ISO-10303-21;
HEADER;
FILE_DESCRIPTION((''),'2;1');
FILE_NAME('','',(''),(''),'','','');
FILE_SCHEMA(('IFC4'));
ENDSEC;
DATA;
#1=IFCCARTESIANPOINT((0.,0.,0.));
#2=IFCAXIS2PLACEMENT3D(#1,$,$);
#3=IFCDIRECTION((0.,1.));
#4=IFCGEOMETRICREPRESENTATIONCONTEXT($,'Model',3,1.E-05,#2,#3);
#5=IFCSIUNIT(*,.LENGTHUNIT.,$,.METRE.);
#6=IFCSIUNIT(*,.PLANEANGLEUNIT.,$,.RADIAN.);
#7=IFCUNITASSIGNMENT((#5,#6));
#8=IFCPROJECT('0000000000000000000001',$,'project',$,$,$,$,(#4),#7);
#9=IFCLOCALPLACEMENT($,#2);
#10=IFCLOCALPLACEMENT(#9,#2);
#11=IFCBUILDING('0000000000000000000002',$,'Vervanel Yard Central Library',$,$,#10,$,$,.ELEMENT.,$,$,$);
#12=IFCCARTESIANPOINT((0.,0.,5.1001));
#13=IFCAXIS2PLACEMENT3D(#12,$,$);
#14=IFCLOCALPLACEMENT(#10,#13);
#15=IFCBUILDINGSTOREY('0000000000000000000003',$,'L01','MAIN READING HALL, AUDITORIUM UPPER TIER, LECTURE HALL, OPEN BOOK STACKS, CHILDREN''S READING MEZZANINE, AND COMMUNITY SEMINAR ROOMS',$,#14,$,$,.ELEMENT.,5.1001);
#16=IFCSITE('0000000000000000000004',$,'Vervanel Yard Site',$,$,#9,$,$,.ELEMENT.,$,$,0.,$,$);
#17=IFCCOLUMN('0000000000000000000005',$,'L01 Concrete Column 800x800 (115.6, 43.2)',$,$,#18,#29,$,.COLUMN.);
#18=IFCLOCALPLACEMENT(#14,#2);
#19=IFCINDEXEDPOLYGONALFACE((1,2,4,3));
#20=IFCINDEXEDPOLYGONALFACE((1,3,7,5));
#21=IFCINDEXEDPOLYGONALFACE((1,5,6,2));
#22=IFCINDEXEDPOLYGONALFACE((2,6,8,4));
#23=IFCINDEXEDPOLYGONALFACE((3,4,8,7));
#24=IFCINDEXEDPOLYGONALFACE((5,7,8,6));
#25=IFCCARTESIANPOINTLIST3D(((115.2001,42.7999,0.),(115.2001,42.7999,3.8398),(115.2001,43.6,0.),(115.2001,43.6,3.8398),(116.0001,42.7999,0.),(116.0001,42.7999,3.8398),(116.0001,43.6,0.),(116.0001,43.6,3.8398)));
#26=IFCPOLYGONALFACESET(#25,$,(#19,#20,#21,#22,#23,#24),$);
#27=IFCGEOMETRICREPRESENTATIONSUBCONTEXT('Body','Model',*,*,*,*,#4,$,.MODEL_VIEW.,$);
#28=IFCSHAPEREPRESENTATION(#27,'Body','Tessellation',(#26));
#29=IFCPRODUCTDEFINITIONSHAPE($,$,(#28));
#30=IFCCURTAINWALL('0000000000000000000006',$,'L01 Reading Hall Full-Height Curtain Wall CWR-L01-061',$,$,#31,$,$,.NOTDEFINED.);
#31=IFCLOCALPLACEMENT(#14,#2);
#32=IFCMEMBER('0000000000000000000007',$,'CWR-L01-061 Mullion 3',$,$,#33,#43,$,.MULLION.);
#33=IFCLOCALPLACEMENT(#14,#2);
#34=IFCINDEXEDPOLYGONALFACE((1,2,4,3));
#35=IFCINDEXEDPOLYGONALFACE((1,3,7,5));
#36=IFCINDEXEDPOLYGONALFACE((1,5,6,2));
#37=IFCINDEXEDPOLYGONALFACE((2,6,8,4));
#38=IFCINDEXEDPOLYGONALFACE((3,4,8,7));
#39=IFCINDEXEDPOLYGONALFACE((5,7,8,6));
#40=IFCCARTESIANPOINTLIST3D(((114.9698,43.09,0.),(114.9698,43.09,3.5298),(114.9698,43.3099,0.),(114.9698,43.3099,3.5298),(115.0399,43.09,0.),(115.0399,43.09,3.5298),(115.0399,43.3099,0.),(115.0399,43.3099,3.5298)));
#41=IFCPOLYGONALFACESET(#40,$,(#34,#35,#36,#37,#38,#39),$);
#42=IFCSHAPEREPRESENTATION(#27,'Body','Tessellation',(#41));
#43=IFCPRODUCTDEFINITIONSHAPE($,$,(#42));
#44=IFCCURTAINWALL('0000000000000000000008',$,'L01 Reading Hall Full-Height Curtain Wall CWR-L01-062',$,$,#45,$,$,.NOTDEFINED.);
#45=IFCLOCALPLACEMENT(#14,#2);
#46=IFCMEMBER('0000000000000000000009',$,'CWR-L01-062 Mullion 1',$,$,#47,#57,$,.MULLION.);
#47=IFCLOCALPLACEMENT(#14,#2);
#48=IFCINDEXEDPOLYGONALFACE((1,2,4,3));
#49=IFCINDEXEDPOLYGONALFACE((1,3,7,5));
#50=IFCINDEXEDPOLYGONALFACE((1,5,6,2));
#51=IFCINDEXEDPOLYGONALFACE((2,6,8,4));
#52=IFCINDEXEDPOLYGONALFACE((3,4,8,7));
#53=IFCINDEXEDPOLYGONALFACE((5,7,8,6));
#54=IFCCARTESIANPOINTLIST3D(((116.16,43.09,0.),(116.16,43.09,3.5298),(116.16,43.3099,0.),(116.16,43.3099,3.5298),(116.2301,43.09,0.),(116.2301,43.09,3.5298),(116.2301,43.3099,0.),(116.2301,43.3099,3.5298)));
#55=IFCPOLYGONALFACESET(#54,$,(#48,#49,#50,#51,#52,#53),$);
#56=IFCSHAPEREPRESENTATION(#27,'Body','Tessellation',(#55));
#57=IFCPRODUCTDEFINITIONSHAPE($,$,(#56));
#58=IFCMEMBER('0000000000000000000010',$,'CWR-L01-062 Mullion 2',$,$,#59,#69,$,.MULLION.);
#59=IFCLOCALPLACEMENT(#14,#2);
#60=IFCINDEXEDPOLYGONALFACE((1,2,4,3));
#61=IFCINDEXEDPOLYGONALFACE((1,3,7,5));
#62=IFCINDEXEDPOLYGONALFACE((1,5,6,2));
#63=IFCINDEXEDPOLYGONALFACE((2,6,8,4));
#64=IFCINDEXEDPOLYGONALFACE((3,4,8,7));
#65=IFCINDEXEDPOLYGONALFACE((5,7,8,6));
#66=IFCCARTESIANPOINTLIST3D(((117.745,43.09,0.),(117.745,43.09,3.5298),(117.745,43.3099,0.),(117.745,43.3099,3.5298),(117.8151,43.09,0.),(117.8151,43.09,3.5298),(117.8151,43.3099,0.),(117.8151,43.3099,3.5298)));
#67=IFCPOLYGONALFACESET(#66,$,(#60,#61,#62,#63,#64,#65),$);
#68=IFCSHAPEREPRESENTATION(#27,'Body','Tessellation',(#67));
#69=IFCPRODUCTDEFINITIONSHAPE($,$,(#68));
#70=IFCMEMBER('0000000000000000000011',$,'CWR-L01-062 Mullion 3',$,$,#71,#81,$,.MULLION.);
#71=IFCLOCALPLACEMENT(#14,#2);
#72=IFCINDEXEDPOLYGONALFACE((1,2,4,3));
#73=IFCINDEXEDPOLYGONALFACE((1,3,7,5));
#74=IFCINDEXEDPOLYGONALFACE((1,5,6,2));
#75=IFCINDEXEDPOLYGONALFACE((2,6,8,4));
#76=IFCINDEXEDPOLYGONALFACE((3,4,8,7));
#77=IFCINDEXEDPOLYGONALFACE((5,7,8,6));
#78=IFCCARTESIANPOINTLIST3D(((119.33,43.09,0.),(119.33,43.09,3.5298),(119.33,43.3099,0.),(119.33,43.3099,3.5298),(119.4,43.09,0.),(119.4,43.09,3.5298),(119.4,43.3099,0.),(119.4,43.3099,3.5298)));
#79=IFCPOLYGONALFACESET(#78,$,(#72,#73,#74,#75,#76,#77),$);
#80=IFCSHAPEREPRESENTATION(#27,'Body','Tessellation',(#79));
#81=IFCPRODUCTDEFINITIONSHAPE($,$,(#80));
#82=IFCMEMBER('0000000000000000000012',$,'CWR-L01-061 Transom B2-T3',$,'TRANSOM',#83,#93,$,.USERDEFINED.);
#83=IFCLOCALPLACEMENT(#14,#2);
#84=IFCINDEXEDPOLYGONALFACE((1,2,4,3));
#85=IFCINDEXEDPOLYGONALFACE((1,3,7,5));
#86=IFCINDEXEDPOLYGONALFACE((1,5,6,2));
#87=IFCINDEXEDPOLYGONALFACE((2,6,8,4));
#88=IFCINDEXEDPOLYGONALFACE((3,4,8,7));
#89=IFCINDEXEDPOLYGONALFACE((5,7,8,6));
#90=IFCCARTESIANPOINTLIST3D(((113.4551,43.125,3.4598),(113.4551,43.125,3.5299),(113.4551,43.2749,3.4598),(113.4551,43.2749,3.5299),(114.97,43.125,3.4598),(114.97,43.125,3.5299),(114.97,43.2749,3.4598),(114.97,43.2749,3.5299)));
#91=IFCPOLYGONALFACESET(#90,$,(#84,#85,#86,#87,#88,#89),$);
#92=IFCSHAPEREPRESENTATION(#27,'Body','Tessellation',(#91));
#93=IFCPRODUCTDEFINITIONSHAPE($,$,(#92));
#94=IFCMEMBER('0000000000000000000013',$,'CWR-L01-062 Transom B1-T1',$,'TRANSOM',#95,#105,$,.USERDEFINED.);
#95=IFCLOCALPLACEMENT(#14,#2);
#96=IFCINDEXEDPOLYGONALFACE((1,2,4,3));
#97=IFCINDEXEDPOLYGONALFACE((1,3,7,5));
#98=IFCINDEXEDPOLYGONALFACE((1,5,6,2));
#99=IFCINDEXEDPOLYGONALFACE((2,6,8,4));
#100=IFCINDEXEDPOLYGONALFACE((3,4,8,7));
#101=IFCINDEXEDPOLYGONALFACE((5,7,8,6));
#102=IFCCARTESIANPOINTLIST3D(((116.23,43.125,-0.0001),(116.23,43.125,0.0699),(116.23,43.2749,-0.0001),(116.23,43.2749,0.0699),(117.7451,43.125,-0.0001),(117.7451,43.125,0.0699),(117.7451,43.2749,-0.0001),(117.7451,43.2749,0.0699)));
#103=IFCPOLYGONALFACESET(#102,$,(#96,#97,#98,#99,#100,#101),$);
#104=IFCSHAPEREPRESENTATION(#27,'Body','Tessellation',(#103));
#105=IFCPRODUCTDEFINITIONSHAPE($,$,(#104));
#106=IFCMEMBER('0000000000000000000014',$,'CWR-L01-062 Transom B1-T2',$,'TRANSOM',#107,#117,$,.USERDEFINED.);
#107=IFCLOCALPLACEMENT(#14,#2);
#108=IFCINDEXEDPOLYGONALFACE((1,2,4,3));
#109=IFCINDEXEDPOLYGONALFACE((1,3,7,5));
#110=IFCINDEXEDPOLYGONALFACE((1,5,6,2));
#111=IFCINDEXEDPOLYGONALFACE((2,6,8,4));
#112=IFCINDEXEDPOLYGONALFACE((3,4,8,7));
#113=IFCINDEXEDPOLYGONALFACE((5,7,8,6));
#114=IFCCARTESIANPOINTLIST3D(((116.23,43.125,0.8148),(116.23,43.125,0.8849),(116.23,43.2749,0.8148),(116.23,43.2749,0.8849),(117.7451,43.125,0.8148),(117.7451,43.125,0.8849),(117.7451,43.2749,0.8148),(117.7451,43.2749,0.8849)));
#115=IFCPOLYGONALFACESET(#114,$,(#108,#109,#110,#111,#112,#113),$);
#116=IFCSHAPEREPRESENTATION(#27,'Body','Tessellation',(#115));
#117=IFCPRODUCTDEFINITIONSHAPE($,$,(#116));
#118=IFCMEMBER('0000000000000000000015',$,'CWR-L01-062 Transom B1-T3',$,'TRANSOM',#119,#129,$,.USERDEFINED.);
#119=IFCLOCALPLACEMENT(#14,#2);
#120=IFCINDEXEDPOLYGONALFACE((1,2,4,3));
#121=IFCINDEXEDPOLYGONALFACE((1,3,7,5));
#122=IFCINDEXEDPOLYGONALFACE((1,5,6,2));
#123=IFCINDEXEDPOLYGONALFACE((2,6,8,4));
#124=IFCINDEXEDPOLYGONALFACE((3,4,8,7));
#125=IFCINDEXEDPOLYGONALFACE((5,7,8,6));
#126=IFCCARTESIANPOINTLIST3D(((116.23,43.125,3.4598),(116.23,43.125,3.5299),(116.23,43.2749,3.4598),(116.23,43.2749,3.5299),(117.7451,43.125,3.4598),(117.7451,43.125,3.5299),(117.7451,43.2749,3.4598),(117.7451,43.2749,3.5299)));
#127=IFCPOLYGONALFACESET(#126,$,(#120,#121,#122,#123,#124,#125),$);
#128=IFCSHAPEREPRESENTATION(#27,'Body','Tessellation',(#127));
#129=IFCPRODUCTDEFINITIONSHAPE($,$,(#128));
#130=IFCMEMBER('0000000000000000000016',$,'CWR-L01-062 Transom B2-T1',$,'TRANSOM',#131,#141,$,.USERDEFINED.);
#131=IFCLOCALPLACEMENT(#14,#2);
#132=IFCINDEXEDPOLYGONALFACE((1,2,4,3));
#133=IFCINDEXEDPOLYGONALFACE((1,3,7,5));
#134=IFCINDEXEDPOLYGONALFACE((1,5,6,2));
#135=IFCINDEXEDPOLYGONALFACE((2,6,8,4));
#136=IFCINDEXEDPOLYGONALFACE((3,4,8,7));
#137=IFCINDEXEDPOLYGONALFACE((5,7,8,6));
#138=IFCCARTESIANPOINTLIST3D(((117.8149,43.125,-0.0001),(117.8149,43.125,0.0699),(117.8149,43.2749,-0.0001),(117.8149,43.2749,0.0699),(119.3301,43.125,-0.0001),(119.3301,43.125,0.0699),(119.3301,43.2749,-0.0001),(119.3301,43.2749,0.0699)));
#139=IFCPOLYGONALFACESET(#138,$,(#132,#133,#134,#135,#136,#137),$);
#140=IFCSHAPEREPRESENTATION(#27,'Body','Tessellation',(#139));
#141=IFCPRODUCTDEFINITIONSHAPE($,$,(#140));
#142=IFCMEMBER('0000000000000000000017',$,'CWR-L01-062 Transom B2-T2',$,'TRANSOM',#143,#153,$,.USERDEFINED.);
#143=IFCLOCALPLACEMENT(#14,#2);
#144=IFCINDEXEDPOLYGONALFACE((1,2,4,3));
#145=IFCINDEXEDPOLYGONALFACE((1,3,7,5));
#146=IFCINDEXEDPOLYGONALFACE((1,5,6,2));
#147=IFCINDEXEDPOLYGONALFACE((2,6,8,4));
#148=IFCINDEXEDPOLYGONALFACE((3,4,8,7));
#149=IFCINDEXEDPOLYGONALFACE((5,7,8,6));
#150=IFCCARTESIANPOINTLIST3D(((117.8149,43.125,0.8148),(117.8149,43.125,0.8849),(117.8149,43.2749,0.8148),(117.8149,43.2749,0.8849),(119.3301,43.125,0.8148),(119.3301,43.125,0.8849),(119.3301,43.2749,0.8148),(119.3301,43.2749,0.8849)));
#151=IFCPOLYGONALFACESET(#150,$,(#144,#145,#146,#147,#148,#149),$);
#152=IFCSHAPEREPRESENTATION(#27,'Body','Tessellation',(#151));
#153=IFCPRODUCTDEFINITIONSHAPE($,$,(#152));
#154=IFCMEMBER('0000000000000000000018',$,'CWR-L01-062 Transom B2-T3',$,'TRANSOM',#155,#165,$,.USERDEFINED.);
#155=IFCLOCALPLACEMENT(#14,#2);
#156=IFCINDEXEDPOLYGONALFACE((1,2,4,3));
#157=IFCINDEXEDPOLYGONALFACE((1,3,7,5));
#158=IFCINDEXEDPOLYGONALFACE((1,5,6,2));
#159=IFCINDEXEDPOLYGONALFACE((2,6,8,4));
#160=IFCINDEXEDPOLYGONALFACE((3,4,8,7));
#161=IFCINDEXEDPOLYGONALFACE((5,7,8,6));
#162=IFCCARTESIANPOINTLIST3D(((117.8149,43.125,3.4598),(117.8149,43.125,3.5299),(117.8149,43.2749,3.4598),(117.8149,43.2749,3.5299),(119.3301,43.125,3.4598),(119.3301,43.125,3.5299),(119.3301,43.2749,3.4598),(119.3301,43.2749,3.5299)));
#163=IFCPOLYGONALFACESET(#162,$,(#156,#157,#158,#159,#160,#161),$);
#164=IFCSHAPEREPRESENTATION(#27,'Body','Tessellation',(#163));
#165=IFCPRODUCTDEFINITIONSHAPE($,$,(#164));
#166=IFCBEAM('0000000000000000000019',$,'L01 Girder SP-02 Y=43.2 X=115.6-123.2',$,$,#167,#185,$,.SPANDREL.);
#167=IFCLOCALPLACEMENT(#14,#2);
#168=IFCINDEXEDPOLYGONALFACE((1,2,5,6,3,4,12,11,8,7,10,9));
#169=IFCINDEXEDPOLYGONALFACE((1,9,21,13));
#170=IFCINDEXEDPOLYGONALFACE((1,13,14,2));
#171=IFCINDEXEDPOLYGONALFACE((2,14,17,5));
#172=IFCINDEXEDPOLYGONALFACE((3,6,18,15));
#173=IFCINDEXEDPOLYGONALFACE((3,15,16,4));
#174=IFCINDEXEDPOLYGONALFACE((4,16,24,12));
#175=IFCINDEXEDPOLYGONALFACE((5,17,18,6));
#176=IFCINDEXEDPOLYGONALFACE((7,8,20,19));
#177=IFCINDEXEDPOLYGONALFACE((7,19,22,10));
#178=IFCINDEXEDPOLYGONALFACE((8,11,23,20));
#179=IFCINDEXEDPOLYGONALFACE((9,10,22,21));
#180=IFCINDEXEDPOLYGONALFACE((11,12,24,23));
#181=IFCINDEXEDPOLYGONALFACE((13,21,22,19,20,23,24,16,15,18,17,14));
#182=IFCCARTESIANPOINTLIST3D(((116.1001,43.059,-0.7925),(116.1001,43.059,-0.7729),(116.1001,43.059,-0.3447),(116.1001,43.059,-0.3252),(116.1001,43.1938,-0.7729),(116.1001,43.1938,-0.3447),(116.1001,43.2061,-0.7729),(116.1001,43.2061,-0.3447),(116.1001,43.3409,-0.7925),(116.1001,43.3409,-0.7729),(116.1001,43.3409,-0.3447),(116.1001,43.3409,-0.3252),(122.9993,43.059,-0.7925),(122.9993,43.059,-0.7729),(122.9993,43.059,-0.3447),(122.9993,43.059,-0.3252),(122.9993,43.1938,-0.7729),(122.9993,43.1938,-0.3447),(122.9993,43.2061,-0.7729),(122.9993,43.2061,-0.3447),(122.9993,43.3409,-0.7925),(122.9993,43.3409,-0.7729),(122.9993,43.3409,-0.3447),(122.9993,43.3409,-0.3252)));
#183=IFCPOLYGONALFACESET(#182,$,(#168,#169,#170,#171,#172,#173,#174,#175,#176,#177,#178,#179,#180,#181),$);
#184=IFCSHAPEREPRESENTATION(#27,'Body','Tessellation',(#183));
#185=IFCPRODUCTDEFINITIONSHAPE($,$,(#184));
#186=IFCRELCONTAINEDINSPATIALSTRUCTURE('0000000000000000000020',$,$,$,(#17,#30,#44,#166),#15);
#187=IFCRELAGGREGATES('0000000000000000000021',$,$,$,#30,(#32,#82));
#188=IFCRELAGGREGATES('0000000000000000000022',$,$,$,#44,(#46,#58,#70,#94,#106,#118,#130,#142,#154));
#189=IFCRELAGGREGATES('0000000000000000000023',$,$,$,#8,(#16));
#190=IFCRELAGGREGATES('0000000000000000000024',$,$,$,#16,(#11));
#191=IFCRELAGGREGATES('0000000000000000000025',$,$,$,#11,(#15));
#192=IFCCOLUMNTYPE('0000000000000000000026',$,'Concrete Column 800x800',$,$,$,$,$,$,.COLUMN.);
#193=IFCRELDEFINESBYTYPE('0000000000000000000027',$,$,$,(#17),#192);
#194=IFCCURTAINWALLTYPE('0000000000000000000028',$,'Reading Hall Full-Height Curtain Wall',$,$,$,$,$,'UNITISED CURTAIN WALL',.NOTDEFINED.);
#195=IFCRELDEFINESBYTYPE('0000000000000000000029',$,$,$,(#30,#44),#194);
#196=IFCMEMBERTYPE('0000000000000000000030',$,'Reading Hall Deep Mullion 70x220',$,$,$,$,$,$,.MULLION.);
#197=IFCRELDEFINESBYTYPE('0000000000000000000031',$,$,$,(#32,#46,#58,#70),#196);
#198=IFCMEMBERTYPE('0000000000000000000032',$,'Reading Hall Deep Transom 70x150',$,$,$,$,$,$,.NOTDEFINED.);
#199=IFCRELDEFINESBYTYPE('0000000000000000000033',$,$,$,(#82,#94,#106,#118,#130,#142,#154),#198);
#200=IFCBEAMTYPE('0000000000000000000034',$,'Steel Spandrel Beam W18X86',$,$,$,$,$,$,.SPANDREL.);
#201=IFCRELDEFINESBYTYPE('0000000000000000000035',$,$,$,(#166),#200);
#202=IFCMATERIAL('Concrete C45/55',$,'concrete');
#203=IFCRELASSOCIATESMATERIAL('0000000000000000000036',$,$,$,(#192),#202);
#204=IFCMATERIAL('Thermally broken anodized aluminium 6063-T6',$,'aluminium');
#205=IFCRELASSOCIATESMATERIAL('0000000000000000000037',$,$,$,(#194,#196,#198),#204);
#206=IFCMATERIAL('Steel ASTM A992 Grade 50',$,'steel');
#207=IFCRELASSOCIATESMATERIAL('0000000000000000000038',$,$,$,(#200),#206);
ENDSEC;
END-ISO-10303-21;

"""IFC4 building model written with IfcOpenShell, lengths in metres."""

from ifc_helpers import new_model, si_unit, direction, frame, origin, origin_2d, place, context, subcontext, project, spatial, rectangle, i_section, extrude, material, material_profile, profile_set, type_object, element, aggregate, save


model = new_model("IFC4")

# Units and contexts
model_context = context("Model", 3, precision=1e-05, world=origin(), true_north=direction((0.0, 1.0)))
body_context = subcontext(model_context, "Body", "Model", "MODEL_VIEW")
ifc_project = project(units=[si_unit("LENGTHUNIT", "METRE"), si_unit("PLANEANGLEUNIT", "RADIAN")], contexts=[model_context])

# Site, building, storey
site_placement = place(None, origin())
site = spatial("IfcSite", under=ifc_project, at=site_placement, Name="Vervanel Yard Site", CompositionType="ELEMENT", RefElevation=0.0)
building_placement = place(site_placement, origin())
building = spatial("IfcBuilding", under=site, at=building_placement, Name="Vervanel Yard Central Library", CompositionType="ELEMENT")
storey_placement = place(building_placement, frame((0.0, 0.0, 5.1001)))
storey = spatial("IfcBuildingStorey", under=building, at=storey_placement, Name="L01", Description="MAIN READING HALL, AUDITORIUM UPPER TIER, LECTURE HALL, OPEN BOOK STACKS, CHILDREN'S READING MEZZANINE, AND COMMUNITY SEMINAR ROOMS", CompositionType="ELEMENT", Elevation=5.1001)

# Column
ifc_material_1 = material(Name="Concrete C45/55", Category="concrete")
ifc_material_profile_1 = material_profile(ifc_material_1, rectangle(XDim=0.8, YDim=0.8, at=origin_2d()), Name="RC 800x800", Category="concrete")
ifc_profile_set_1 = profile_set([ifc_material_profile_1], Name="Concrete C45/55")
column_type = type_object("IfcColumnType", Name="Concrete Column 800x800", PredefinedType="COLUMN", material=ifc_profile_set_1)
column_placement = place(storey_placement, frame((115.6001, 43.2, 0.0), z_axis=(0.0, 0.0, 1.0), x_axis=(1.0, 0.0, 0.0)))
element("IfcColumn", 1, at=column_placement, inside=storey, type_object=column_type, Name="L01 Concrete Column 800x800 (115.6, 43.2)", PredefinedType="COLUMN", context=body_context, shape_type="SweptSolid", body=[
    extrude(rectangle(XDim=0.8, YDim=0.8, at=origin_2d()), origin(), (0.0, 0.0, 1.0), 3.8398),
])

# Curtain wall, member
ifc_material_2 = material(Name="Thermally broken anodized aluminium 6063-T6", Category="aluminium")
curtain_wall_type = type_object("IfcCurtainWallType", Name="Reading Hall Full-Height Curtain Wall", ElementType="UNITISED CURTAIN WALL", PredefinedType="NOTDEFINED", material=ifc_material_2)
curtain_wall_1_placement = place(storey_placement, origin())
curtain_wall_1 = element("IfcCurtainWall", 2, at=curtain_wall_1_placement, inside=storey, type_object=curtain_wall_type, Name="L01 Reading Hall Full-Height Curtain Wall CWR-L01-061", PredefinedType="NOTDEFINED")
ifc_material_profile_2 = material_profile(ifc_material_2, rectangle(XDim=0.0701, YDim=0.22, at=origin_2d()), Name="ALU 70x220", Category="aluminium")
ifc_profile_set_2 = profile_set([ifc_material_profile_2], Name="Thermally broken anodized aluminium 6063-T6")
member_type_1 = type_object("IfcMemberType", Name="Reading Hall Deep Mullion 70x220", PredefinedType="MULLION", material=ifc_profile_set_2)
member_1_placement = place(storey_placement, frame((115.0049, 43.2, 0.0), z_axis=(0.0, 0.0, 1.0), x_axis=(1.0, 0.0, 0.0)))
member_1 = element("IfcMember", 3, at=member_1_placement, type_object=member_type_1, Name="CWR-L01-061 Mullion 3", PredefinedType="MULLION", context=body_context, shape_type="SweptSolid", body=[
    extrude(rectangle(XDim=0.0701, YDim=0.22, at=origin_2d()), origin(), (0.0, 0.0, 1.0), 3.5298),
])

# Curtain wall, members
curtain_wall_2_placement = place(storey_placement, origin())
curtain_wall_2 = element("IfcCurtainWall", 4, at=curtain_wall_2_placement, inside=storey, type_object=curtain_wall_type, Name="L01 Reading Hall Full-Height Curtain Wall CWR-L01-062", PredefinedType="NOTDEFINED")
member_2_placement = place(storey_placement, frame((116.1951, 43.2, 0.0), z_axis=(0.0, 0.0, 1.0), x_axis=(1.0, 0.0, 0.0)))
member_2 = element("IfcMember", 5, at=member_2_placement, type_object=member_type_1, Name="CWR-L01-062 Mullion 1", PredefinedType="MULLION", context=body_context, shape_type="SweptSolid", body=[
    extrude(rectangle(XDim=0.0701, YDim=0.22, at=origin_2d()), origin(), (0.0, 0.0, 1.0), 3.5298),
])
member_3_placement = place(storey_placement, frame((117.78, 43.2, 0.0), z_axis=(0.0, 0.0, 1.0), x_axis=(1.0, 0.0, 0.0)))
member_3 = element("IfcMember", 6, at=member_3_placement, type_object=member_type_1, Name="CWR-L01-062 Mullion 2", PredefinedType="MULLION", context=body_context, shape_type="SweptSolid", body=[
    extrude(rectangle(XDim=0.0701, YDim=0.22, at=origin_2d()), origin(), (0.0, 0.0, 1.0), 3.5298),
])
member_4_placement = place(storey_placement, frame((119.365, 43.2, 0.0), z_axis=(0.0, 0.0, 1.0), x_axis=(1.0, 0.0, 0.0)))
member_4 = element("IfcMember", 7, at=member_4_placement, type_object=member_type_1, Name="CWR-L01-062 Mullion 3", PredefinedType="MULLION", context=body_context, shape_type="SweptSolid", body=[
    extrude(rectangle(XDim=0.0701, YDim=0.22, at=origin_2d()), origin(), (0.0, 0.0, 1.0), 3.5298),
])

# Members
ifc_material_profile_3 = material_profile(ifc_material_2, rectangle(XDim=0.0701, YDim=0.1499, at=origin_2d()), Name="ALU 70x150", Category="aluminium")
ifc_profile_set_3 = profile_set([ifc_material_profile_3], Name="Thermally broken anodized aluminium 6063-T6")
member_type_2 = type_object("IfcMemberType", Name="Reading Hall Deep Transom 70x150", PredefinedType="NOTDEFINED", material=ifc_profile_set_3)
member_5_placement = place(storey_placement, frame((113.4551, 43.2, 3.4949), z_axis=(1.0, 0.0, 0.0), x_axis=(0.0, 0.0, 1.0)))
member_5 = element("IfcMember", 8, at=member_5_placement, type_object=member_type_2, Name="CWR-L01-061 Transom B2-T3", ObjectType="TRANSOM", PredefinedType="USERDEFINED", context=body_context, shape_type="SweptSolid", body=[
    extrude(rectangle(XDim=0.0701, YDim=0.1499, at=origin_2d()), origin(), (0.0, 0.0, 1.0), 1.5149),
])
member_6_placement = place(storey_placement, frame((116.23, 43.2, 0.0349), z_axis=(1.0, 0.0, 0.0), x_axis=(0.0, 0.0, 1.0)))
member_6 = element("IfcMember", 9, at=member_6_placement, type_object=member_type_2, Name="CWR-L01-062 Transom B1-T1", ObjectType="TRANSOM", PredefinedType="USERDEFINED", context=body_context, shape_type="SweptSolid", body=[
    extrude(rectangle(XDim=0.0701, YDim=0.1499, at=origin_2d()), origin(), (0.0, 0.0, 1.0), 1.5151),
])
member_7_placement = place(storey_placement, frame((116.23, 43.2, 0.8499), z_axis=(1.0, 0.0, 0.0), x_axis=(0.0, 0.0, 1.0)))
member_7 = element("IfcMember", 10, at=member_7_placement, type_object=member_type_2, Name="CWR-L01-062 Transom B1-T2", ObjectType="TRANSOM", PredefinedType="USERDEFINED", context=body_context, shape_type="SweptSolid", body=[
    extrude(rectangle(XDim=0.0701, YDim=0.1499, at=origin_2d()), origin(), (0.0, 0.0, 1.0), 1.5151),
])
member_8_placement = place(storey_placement, frame((116.23, 43.2, 3.4949), z_axis=(1.0, 0.0, 0.0), x_axis=(0.0, 0.0, 1.0)))
member_8 = element("IfcMember", 11, at=member_8_placement, type_object=member_type_2, Name="CWR-L01-062 Transom B1-T3", ObjectType="TRANSOM", PredefinedType="USERDEFINED", context=body_context, shape_type="SweptSolid", body=[
    extrude(rectangle(XDim=0.0701, YDim=0.1499, at=origin_2d()), origin(), (0.0, 0.0, 1.0), 1.5151),
])
member_9_placement = place(storey_placement, frame((117.8149, 43.2, 0.0349), z_axis=(1.0, 0.0, 0.0), x_axis=(0.0, 0.0, 1.0)))
member_9 = element("IfcMember", 12, at=member_9_placement, type_object=member_type_2, Name="CWR-L01-062 Transom B2-T1", ObjectType="TRANSOM", PredefinedType="USERDEFINED", context=body_context, shape_type="SweptSolid", body=[
    extrude(rectangle(XDim=0.0701, YDim=0.1499, at=origin_2d()), origin(), (0.0, 0.0, 1.0), 1.5151),
])
member_10_placement = place(storey_placement, frame((117.8149, 43.2, 0.8499), z_axis=(1.0, 0.0, 0.0), x_axis=(0.0, 0.0, 1.0)))
member_10 = element("IfcMember", 13, at=member_10_placement, type_object=member_type_2, Name="CWR-L01-062 Transom B2-T2", ObjectType="TRANSOM", PredefinedType="USERDEFINED", context=body_context, shape_type="SweptSolid", body=[
    extrude(rectangle(XDim=0.0701, YDim=0.1499, at=origin_2d()), origin(), (0.0, 0.0, 1.0), 1.5151),
])
member_11_placement = place(storey_placement, frame((117.8149, 43.2, 3.4949), z_axis=(1.0, 0.0, 0.0), x_axis=(0.0, 0.0, 1.0)))
member_11 = element("IfcMember", 14, at=member_11_placement, type_object=member_type_2, Name="CWR-L01-062 Transom B2-T3", ObjectType="TRANSOM", PredefinedType="USERDEFINED", context=body_context, shape_type="SweptSolid", body=[
    extrude(rectangle(XDim=0.0701, YDim=0.1499, at=origin_2d()), origin(), (0.0, 0.0, 1.0), 1.5151),
])

# Beam
ifc_material_3 = material(Name="Steel ASTM A992 Grade 50", Category="steel")
ifc_material_profile_4 = material_profile(ifc_material_3, i_section(OverallWidth=0.282, OverallDepth=0.4673, WebThickness=0.0122, FlangeThickness=0.0195, at=origin_2d()), Name="W18X86", Category="steel")
ifc_profile_set_4 = profile_set([ifc_material_profile_4], Name="Steel ASTM A992 Grade 50")
beam_type = type_object("IfcBeamType", Name="Steel Spandrel Beam W18X86", PredefinedType="SPANDREL", material=ifc_profile_set_4)
beam_placement = place(storey_placement, frame((116.1001, 43.2, -0.5588), z_axis=(1.0, 0.0, 0.0), x_axis=(0.0, 1.0, 0.0)))
element("IfcBeam", 15, at=beam_placement, inside=storey, type_object=beam_type, Name="L01 Girder SP-02 Y=43.2 X=115.6-123.2", PredefinedType="SPANDREL", context=body_context, shape_type="SweptSolid", body=[
    extrude(i_section(OverallWidth=0.282, OverallDepth=0.4673, WebThickness=0.0122, FlangeThickness=0.0195, at=origin_2d()), origin(), (0.0, 0.0, 1.0), 6.8992),
])

aggregate(curtain_wall_1, [member_1, member_5])
aggregate(curtain_wall_2, [member_2, member_3, member_4, member_6, member_7, member_8, member_9, member_10, member_11])

save(model, "model.ifc")
